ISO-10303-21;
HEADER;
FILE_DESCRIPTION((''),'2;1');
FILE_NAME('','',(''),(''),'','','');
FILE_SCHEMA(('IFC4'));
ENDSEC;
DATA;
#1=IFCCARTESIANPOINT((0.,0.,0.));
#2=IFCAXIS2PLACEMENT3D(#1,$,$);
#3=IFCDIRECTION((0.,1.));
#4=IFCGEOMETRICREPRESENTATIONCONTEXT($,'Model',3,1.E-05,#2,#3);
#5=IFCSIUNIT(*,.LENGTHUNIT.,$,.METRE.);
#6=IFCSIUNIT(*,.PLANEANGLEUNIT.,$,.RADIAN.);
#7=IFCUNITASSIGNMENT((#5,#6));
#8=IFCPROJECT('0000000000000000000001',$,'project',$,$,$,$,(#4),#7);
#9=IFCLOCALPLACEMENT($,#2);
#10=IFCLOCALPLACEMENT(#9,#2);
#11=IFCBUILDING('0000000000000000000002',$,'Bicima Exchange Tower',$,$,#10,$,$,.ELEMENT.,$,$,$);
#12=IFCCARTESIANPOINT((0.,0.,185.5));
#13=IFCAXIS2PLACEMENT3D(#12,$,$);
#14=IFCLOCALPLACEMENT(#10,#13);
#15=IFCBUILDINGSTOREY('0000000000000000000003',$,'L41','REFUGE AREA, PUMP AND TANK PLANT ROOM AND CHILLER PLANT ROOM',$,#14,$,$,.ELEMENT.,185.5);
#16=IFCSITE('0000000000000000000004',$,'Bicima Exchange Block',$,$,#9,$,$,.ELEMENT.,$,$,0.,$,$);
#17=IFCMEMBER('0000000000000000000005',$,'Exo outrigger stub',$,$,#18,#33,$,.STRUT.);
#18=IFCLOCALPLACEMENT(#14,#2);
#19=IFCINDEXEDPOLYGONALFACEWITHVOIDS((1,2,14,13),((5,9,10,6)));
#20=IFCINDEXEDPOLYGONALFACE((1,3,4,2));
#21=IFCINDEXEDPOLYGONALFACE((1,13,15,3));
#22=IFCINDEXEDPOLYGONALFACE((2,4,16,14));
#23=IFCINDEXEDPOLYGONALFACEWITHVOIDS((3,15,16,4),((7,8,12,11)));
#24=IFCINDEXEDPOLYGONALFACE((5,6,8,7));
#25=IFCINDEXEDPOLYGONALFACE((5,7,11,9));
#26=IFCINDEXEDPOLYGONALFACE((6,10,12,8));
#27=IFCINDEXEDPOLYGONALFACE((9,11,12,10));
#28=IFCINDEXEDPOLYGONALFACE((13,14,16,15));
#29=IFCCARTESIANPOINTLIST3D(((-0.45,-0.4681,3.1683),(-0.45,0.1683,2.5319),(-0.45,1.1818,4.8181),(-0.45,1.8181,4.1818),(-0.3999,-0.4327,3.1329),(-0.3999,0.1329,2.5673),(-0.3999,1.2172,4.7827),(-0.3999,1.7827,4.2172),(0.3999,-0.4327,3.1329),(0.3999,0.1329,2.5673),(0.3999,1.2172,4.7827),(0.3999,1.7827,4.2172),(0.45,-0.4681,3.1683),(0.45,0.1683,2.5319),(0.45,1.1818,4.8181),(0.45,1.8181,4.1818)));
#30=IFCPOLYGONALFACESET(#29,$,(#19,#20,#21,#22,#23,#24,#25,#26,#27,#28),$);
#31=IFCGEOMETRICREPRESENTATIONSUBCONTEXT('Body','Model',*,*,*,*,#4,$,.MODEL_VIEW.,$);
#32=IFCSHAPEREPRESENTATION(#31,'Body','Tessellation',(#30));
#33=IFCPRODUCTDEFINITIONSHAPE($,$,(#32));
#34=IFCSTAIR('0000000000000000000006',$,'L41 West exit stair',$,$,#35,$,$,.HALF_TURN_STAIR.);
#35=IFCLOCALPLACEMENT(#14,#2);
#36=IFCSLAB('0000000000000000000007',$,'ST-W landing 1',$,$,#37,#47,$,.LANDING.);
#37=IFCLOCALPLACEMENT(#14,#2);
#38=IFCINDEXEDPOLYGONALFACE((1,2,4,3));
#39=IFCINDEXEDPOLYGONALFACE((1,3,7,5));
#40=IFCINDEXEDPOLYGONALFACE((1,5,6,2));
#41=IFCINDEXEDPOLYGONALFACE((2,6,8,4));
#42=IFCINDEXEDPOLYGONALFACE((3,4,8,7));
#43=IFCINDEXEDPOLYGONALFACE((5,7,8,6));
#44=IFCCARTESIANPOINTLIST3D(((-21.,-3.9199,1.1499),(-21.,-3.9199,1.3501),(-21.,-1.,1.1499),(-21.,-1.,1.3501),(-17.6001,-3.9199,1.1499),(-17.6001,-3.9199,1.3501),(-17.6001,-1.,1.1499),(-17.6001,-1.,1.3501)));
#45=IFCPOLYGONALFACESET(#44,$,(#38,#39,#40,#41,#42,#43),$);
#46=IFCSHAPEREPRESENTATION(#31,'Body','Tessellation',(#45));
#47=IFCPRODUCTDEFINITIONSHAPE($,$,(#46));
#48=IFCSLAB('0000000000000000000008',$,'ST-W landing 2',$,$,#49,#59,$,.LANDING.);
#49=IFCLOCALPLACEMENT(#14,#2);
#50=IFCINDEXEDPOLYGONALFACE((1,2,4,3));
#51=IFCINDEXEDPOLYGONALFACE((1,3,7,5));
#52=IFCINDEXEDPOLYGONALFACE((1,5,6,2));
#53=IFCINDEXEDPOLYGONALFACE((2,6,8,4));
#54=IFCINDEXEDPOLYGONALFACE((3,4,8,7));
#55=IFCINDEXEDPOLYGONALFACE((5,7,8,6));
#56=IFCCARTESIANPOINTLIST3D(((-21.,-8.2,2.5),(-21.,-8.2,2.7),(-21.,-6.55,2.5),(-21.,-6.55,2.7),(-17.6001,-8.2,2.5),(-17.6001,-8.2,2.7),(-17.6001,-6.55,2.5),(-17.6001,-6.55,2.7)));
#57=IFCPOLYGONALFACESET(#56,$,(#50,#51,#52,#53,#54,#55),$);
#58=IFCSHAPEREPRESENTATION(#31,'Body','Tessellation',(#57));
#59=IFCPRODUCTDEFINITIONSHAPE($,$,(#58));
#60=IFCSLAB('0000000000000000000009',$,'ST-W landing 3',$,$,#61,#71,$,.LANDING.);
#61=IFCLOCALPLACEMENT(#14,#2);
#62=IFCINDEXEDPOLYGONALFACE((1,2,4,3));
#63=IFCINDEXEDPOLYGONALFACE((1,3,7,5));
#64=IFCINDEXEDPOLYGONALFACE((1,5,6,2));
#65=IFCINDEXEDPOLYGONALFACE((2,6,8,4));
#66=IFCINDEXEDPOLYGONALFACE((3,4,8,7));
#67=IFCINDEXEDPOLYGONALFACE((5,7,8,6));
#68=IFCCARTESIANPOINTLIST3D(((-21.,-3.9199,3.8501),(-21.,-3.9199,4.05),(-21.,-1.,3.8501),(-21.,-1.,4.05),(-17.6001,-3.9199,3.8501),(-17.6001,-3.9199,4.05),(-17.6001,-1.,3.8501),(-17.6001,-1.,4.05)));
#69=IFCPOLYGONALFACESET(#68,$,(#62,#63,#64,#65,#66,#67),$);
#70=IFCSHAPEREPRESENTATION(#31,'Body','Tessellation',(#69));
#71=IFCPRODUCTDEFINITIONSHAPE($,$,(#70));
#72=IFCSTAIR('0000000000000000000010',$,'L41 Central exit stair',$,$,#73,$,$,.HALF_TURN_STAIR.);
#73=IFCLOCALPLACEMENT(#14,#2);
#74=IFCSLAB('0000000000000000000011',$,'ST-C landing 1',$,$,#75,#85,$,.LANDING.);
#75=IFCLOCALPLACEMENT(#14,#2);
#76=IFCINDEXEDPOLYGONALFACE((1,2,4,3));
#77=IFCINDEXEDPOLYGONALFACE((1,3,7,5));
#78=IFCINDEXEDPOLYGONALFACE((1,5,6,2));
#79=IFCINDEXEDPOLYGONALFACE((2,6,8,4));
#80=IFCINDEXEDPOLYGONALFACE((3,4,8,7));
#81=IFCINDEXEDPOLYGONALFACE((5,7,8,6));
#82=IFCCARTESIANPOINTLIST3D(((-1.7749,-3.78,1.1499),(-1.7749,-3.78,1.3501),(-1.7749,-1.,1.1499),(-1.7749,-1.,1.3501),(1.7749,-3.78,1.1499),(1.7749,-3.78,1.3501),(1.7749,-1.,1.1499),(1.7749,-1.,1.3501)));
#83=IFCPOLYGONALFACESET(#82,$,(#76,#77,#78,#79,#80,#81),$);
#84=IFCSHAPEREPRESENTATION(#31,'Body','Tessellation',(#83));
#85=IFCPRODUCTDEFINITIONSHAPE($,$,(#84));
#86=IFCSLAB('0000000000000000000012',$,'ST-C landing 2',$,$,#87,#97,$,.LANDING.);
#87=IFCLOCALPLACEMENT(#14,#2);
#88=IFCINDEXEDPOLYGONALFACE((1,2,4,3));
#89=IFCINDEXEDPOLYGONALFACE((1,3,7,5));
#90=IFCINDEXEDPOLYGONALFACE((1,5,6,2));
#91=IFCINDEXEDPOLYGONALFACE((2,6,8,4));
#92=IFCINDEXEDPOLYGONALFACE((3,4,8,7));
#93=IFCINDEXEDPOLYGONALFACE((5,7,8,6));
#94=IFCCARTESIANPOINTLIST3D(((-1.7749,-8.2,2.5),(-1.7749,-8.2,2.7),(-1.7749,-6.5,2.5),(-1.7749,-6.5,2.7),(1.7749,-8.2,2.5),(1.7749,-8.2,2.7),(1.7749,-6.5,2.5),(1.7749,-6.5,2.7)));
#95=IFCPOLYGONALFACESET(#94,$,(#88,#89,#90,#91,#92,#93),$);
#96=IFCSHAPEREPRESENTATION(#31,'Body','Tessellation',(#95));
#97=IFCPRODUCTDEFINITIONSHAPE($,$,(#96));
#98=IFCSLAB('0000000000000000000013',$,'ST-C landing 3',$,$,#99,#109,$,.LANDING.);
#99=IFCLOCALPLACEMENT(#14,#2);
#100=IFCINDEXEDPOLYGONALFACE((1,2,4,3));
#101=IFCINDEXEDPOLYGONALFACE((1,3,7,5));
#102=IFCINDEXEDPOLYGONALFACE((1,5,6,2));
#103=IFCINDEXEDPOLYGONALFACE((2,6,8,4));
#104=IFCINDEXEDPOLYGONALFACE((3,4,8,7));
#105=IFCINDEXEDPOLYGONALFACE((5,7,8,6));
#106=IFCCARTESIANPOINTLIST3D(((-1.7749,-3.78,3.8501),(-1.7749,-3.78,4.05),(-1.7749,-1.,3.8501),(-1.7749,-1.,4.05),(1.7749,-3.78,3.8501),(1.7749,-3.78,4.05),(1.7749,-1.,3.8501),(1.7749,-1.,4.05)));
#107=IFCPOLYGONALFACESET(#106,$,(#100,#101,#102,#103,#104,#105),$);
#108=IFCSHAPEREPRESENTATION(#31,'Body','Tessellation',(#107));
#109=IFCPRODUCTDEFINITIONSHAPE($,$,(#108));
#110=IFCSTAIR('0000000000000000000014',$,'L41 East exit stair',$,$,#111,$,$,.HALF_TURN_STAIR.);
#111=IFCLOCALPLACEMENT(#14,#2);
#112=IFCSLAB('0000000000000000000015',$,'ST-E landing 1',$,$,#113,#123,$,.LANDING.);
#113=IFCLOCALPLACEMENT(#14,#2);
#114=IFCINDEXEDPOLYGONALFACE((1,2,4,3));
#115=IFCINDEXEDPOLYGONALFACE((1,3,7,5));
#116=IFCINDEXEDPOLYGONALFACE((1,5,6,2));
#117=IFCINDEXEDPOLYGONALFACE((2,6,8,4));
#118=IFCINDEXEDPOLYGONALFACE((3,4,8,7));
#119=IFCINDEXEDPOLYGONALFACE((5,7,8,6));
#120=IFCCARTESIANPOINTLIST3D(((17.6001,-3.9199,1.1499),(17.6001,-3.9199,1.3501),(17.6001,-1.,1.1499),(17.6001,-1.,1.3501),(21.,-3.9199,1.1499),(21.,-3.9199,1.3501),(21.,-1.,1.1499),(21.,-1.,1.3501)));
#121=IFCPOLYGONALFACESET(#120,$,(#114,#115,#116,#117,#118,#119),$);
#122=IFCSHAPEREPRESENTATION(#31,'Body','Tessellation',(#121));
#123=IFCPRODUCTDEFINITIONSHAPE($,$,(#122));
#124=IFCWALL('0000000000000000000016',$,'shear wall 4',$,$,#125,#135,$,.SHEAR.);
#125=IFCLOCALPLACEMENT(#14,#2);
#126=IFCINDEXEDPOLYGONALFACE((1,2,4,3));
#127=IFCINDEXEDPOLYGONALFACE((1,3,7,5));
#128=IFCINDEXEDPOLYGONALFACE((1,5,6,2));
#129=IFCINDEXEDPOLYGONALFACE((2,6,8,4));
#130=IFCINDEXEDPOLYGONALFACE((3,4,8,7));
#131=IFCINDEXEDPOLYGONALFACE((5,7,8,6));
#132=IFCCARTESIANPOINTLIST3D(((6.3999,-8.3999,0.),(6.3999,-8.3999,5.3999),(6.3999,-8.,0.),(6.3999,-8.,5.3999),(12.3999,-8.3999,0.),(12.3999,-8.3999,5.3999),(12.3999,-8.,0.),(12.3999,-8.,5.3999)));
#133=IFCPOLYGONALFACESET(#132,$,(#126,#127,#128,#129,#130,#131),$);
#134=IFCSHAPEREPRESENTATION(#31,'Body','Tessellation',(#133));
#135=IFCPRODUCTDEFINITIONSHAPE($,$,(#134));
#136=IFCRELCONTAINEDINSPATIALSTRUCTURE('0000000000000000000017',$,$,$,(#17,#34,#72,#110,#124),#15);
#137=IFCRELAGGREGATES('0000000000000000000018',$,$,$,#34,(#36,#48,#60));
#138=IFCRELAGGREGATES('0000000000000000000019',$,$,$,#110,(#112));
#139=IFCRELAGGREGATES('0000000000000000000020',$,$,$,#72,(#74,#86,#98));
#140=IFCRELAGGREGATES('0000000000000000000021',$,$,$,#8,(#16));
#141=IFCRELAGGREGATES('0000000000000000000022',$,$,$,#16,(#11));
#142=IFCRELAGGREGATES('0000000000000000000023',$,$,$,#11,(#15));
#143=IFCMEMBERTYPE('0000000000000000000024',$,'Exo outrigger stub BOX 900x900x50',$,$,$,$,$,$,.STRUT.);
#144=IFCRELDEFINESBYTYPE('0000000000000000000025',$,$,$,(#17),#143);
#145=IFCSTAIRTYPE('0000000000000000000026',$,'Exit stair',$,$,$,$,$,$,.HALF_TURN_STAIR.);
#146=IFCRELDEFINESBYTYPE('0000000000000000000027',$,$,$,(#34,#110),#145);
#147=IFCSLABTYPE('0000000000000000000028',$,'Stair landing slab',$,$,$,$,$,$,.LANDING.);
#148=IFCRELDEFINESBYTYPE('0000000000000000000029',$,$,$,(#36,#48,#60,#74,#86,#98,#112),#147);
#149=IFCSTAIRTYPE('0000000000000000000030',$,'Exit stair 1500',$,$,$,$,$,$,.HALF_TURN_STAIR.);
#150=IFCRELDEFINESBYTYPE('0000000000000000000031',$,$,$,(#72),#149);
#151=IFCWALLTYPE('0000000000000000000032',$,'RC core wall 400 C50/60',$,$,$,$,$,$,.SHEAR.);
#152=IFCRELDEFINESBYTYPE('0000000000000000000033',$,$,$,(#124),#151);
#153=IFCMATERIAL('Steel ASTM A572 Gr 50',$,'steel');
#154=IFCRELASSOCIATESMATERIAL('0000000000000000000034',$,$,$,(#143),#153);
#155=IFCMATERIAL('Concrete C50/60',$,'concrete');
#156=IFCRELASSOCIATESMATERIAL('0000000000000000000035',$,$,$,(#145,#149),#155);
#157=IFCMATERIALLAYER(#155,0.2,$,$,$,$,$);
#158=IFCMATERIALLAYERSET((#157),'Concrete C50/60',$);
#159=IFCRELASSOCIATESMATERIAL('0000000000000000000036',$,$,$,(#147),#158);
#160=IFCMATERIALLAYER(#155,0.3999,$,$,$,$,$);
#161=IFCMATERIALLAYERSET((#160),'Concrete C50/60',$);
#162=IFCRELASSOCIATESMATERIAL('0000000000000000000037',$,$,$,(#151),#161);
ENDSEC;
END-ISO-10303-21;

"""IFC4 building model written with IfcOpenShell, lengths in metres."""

from ifc_helpers import new_model, si_unit, direction, frame, frame_2d, origin, origin_2d, place, context, subcontext, project, spatial, polyline, rectangle, hollow_rectangle, outline, extrude, material, layer, layer_set, material_profile, profile_set, type_object, element, aggregate, save


model = new_model("IFC4")

# Units and contexts
model_context = context("Model", 3, precision=1e-05, world=origin(), true_north=direction((0.0, 1.0)))
body_context = subcontext(model_context, "Body", "Model", "MODEL_VIEW")
ifc_project = project(units=[si_unit("LENGTHUNIT", "METRE"), si_unit("PLANEANGLEUNIT", "RADIAN")], contexts=[model_context])

# Site, building, storey
site_placement = place(None, origin())
site = spatial("IfcSite", under=ifc_project, at=site_placement, Name="Bicima Exchange Block", CompositionType="ELEMENT", RefElevation=0.0)
building_placement = place(site_placement, origin())
building = spatial("IfcBuilding", under=site, at=building_placement, Name="Bicima Exchange Tower", CompositionType="ELEMENT")
storey_placement = place(building_placement, frame((0.0, 0.0, 185.5)))
storey = spatial("IfcBuildingStorey", under=building, at=storey_placement, Name="L41", Description="REFUGE AREA, PUMP AND TANK PLANT ROOM AND CHILLER PLANT ROOM", CompositionType="ELEMENT", Elevation=185.5)

# Member
ifc_material_1 = material(Name="Steel ASTM A572 Gr 50", Category="steel")
ifc_material_profile = material_profile(ifc_material_1, hollow_rectangle(XDim=0.8999, YDim=0.8999, WallThickness=0.05, at=origin_2d()))
ifc_profile_set = profile_set([ifc_material_profile], Name="Steel ASTM A572 Gr 50")
member_type = type_object("IfcMemberType", Name="Exo outrigger stub BOX 900x900x50", PredefinedType="STRUT", material=ifc_profile_set)
member_placement = place(storey_placement, frame((0.0, -0.1499, 2.8501), z_axis=(0.0, 0.707107, 0.707107), x_axis=(-1.0, 0.0, 0.0)))
element("IfcMember", 1, at=member_placement, inside=storey, type_object=member_type, Name="Exo outrigger stub", PredefinedType="STRUT", context=body_context, shape_type="SweptSolid", body=[
    extrude(hollow_rectangle(XDim=0.8999, YDim=0.8999, WallThickness=0.05, at=origin_2d()), origin(), (0.0, 0.0, 1.0), 2.3333),
])

# Stairs, slabs
ifc_material_2 = material(Name="Concrete C50/60", Category="concrete")
stair_type_1 = type_object("IfcStairType", Name="Exit stair", PredefinedType="HALF_TURN_STAIR", material=ifc_material_2)
stair_1_placement = place(storey_placement, origin())
stair_1 = element("IfcStair", 2, at=stair_1_placement, inside=storey, type_object=stair_type_1, Name="L41 West exit stair", PredefinedType="HALF_TURN_STAIR")
ifc_layer_1 = layer(ifc_material_2, 0.2)
ifc_layer_set_1 = layer_set([ifc_layer_1], Name="Concrete C50/60")
slab_type = type_object("IfcSlabType", Name="Stair landing slab", PredefinedType="LANDING", material=ifc_layer_set_1)
slab_1_placement = place(storey_placement, frame((0.0, 0.0, 1.1499)))
slab_1 = element("IfcSlab", 3, at=slab_1_placement, type_object=slab_type, Name="ST-W landing 1", PredefinedType="LANDING", context=body_context, shape_type="SweptSolid", body=[
    extrude(outline(polyline([(-17.6001, -3.9199), (-17.6001, -1.0), (-21.0, -1.0), (-21.0, -3.9199), (-17.6001, -3.9199)])), origin(), (0.0, 0.0, 1.0), 0.2002),
])
slab_2_placement = place(storey_placement, frame((0.0, 0.0, 2.5)))
slab_2 = element("IfcSlab", 4, at=slab_2_placement, type_object=slab_type, Name="ST-W landing 2", PredefinedType="LANDING", context=body_context, shape_type="SweptSolid", body=[
    extrude(outline(polyline([(-17.6001, -8.2), (-17.6001, -6.55), (-21.0, -6.55), (-21.0, -8.2), (-17.6001, -8.2)])), origin(), (0.0, 0.0, 1.0), 0.2),
])
slab_3_placement = place(storey_placement, frame((0.0, 0.0, 3.8501)))
slab_3 = element("IfcSlab", 5, at=slab_3_placement, type_object=slab_type, Name="ST-W landing 3", PredefinedType="LANDING", context=body_context, shape_type="SweptSolid", body=[
    extrude(outline(polyline([(-17.6001, -3.9199), (-17.6001, -1.0), (-21.0, -1.0), (-21.0, -3.9199), (-17.6001, -3.9199)])), origin(), (0.0, 0.0, 1.0), 0.2),
])
aggregate(stair_1, [slab_1, slab_2, slab_3])
stair_type_2 = type_object("IfcStairType", Name="Exit stair 1500", PredefinedType="HALF_TURN_STAIR", material=ifc_material_2)
stair_2_placement = place(storey_placement, origin())
stair_2 = element("IfcStair", 6, at=stair_2_placement, inside=storey, type_object=stair_type_2, Name="L41 Central exit stair", PredefinedType="HALF_TURN_STAIR")
slab_4_placement = place(storey_placement, frame((0.0, 0.0, 1.1499)))
slab_4 = element("IfcSlab", 7, at=slab_4_placement, type_object=slab_type, Name="ST-C landing 1", PredefinedType="LANDING", context=body_context, shape_type="SweptSolid", body=[
    extrude(outline(polyline([(1.7749, -3.78), (1.7749, -1.0), (-1.7749, -1.0), (-1.7749, -3.78), (1.7749, -3.78)])), origin(), (0.0, 0.0, 1.0), 0.2002),
])
slab_5_placement = place(storey_placement, frame((0.0, 0.0, 2.5)))
slab_5 = element("IfcSlab", 8, at=slab_5_placement, type_object=slab_type, Name="ST-C landing 2", PredefinedType="LANDING", context=body_context, shape_type="SweptSolid", body=[
    extrude(outline(polyline([(1.7749, -8.2), (1.7749, -6.5), (-1.7749, -6.5), (-1.7749, -8.2), (1.7749, -8.2)])), origin(), (0.0, 0.0, 1.0), 0.2),
])
slab_6_placement = place(storey_placement, frame((0.0, 0.0, 3.8501)))
slab_6 = element("IfcSlab", 9, at=slab_6_placement, type_object=slab_type, Name="ST-C landing 3", PredefinedType="LANDING", context=body_context, shape_type="SweptSolid", body=[
    extrude(outline(polyline([(1.7749, -3.78), (1.7749, -1.0), (-1.7749, -1.0), (-1.7749, -3.78), (1.7749, -3.78)])), origin(), (0.0, 0.0, 1.0), 0.2),
])

# Stair, slab
stair_3_placement = place(storey_placement, origin())
stair_3 = element("IfcStair", 10, at=stair_3_placement, inside=storey, type_object=stair_type_1, Name="L41 East exit stair", PredefinedType="HALF_TURN_STAIR")
slab_7_placement = place(storey_placement, frame((0.0, 0.0, 1.1499)))
slab_7 = element("IfcSlab", 11, at=slab_7_placement, type_object=slab_type, Name="ST-E landing 1", PredefinedType="LANDING", context=body_context, shape_type="SweptSolid", body=[
    extrude(outline(polyline([(21.0, -3.9199), (21.0, -1.0), (17.6001, -1.0), (17.6001, -3.9199), (21.0, -3.9199)])), origin(), (0.0, 0.0, 1.0), 0.2002),
])
aggregate(stair_3, [slab_7])

# Wall
ifc_layer_2 = layer(ifc_material_2, 0.3999)
ifc_layer_set_2 = layer_set([ifc_layer_2], Name="Concrete C50/60")
wall_type = type_object("IfcWallType", Name="RC core wall 400 C50/60", PredefinedType="SHEAR", material=ifc_layer_set_2)
wall_1_placement = place(storey_placement, frame((6.3999, -8.2, 0.0), z_axis=(0.0, 0.0, 1.0), x_axis=(1.0, 0.0, 0.0)))
element("IfcWall", 12, at=wall_1_placement, inside=storey, type_object=wall_type, Name="shear wall 4", PredefinedType="SHEAR", context=body_context, shape_type="SweptSolid", body=[
    extrude(rectangle(XDim=6.0, YDim=0.3999, at=frame_2d((3.0, 0.0))), origin(), (0.0, 0.0, 1.0), 5.3999),
])

aggregate(stair_2, [slab_4, slab_5, slab_6])

save(model, "model.ifc")
